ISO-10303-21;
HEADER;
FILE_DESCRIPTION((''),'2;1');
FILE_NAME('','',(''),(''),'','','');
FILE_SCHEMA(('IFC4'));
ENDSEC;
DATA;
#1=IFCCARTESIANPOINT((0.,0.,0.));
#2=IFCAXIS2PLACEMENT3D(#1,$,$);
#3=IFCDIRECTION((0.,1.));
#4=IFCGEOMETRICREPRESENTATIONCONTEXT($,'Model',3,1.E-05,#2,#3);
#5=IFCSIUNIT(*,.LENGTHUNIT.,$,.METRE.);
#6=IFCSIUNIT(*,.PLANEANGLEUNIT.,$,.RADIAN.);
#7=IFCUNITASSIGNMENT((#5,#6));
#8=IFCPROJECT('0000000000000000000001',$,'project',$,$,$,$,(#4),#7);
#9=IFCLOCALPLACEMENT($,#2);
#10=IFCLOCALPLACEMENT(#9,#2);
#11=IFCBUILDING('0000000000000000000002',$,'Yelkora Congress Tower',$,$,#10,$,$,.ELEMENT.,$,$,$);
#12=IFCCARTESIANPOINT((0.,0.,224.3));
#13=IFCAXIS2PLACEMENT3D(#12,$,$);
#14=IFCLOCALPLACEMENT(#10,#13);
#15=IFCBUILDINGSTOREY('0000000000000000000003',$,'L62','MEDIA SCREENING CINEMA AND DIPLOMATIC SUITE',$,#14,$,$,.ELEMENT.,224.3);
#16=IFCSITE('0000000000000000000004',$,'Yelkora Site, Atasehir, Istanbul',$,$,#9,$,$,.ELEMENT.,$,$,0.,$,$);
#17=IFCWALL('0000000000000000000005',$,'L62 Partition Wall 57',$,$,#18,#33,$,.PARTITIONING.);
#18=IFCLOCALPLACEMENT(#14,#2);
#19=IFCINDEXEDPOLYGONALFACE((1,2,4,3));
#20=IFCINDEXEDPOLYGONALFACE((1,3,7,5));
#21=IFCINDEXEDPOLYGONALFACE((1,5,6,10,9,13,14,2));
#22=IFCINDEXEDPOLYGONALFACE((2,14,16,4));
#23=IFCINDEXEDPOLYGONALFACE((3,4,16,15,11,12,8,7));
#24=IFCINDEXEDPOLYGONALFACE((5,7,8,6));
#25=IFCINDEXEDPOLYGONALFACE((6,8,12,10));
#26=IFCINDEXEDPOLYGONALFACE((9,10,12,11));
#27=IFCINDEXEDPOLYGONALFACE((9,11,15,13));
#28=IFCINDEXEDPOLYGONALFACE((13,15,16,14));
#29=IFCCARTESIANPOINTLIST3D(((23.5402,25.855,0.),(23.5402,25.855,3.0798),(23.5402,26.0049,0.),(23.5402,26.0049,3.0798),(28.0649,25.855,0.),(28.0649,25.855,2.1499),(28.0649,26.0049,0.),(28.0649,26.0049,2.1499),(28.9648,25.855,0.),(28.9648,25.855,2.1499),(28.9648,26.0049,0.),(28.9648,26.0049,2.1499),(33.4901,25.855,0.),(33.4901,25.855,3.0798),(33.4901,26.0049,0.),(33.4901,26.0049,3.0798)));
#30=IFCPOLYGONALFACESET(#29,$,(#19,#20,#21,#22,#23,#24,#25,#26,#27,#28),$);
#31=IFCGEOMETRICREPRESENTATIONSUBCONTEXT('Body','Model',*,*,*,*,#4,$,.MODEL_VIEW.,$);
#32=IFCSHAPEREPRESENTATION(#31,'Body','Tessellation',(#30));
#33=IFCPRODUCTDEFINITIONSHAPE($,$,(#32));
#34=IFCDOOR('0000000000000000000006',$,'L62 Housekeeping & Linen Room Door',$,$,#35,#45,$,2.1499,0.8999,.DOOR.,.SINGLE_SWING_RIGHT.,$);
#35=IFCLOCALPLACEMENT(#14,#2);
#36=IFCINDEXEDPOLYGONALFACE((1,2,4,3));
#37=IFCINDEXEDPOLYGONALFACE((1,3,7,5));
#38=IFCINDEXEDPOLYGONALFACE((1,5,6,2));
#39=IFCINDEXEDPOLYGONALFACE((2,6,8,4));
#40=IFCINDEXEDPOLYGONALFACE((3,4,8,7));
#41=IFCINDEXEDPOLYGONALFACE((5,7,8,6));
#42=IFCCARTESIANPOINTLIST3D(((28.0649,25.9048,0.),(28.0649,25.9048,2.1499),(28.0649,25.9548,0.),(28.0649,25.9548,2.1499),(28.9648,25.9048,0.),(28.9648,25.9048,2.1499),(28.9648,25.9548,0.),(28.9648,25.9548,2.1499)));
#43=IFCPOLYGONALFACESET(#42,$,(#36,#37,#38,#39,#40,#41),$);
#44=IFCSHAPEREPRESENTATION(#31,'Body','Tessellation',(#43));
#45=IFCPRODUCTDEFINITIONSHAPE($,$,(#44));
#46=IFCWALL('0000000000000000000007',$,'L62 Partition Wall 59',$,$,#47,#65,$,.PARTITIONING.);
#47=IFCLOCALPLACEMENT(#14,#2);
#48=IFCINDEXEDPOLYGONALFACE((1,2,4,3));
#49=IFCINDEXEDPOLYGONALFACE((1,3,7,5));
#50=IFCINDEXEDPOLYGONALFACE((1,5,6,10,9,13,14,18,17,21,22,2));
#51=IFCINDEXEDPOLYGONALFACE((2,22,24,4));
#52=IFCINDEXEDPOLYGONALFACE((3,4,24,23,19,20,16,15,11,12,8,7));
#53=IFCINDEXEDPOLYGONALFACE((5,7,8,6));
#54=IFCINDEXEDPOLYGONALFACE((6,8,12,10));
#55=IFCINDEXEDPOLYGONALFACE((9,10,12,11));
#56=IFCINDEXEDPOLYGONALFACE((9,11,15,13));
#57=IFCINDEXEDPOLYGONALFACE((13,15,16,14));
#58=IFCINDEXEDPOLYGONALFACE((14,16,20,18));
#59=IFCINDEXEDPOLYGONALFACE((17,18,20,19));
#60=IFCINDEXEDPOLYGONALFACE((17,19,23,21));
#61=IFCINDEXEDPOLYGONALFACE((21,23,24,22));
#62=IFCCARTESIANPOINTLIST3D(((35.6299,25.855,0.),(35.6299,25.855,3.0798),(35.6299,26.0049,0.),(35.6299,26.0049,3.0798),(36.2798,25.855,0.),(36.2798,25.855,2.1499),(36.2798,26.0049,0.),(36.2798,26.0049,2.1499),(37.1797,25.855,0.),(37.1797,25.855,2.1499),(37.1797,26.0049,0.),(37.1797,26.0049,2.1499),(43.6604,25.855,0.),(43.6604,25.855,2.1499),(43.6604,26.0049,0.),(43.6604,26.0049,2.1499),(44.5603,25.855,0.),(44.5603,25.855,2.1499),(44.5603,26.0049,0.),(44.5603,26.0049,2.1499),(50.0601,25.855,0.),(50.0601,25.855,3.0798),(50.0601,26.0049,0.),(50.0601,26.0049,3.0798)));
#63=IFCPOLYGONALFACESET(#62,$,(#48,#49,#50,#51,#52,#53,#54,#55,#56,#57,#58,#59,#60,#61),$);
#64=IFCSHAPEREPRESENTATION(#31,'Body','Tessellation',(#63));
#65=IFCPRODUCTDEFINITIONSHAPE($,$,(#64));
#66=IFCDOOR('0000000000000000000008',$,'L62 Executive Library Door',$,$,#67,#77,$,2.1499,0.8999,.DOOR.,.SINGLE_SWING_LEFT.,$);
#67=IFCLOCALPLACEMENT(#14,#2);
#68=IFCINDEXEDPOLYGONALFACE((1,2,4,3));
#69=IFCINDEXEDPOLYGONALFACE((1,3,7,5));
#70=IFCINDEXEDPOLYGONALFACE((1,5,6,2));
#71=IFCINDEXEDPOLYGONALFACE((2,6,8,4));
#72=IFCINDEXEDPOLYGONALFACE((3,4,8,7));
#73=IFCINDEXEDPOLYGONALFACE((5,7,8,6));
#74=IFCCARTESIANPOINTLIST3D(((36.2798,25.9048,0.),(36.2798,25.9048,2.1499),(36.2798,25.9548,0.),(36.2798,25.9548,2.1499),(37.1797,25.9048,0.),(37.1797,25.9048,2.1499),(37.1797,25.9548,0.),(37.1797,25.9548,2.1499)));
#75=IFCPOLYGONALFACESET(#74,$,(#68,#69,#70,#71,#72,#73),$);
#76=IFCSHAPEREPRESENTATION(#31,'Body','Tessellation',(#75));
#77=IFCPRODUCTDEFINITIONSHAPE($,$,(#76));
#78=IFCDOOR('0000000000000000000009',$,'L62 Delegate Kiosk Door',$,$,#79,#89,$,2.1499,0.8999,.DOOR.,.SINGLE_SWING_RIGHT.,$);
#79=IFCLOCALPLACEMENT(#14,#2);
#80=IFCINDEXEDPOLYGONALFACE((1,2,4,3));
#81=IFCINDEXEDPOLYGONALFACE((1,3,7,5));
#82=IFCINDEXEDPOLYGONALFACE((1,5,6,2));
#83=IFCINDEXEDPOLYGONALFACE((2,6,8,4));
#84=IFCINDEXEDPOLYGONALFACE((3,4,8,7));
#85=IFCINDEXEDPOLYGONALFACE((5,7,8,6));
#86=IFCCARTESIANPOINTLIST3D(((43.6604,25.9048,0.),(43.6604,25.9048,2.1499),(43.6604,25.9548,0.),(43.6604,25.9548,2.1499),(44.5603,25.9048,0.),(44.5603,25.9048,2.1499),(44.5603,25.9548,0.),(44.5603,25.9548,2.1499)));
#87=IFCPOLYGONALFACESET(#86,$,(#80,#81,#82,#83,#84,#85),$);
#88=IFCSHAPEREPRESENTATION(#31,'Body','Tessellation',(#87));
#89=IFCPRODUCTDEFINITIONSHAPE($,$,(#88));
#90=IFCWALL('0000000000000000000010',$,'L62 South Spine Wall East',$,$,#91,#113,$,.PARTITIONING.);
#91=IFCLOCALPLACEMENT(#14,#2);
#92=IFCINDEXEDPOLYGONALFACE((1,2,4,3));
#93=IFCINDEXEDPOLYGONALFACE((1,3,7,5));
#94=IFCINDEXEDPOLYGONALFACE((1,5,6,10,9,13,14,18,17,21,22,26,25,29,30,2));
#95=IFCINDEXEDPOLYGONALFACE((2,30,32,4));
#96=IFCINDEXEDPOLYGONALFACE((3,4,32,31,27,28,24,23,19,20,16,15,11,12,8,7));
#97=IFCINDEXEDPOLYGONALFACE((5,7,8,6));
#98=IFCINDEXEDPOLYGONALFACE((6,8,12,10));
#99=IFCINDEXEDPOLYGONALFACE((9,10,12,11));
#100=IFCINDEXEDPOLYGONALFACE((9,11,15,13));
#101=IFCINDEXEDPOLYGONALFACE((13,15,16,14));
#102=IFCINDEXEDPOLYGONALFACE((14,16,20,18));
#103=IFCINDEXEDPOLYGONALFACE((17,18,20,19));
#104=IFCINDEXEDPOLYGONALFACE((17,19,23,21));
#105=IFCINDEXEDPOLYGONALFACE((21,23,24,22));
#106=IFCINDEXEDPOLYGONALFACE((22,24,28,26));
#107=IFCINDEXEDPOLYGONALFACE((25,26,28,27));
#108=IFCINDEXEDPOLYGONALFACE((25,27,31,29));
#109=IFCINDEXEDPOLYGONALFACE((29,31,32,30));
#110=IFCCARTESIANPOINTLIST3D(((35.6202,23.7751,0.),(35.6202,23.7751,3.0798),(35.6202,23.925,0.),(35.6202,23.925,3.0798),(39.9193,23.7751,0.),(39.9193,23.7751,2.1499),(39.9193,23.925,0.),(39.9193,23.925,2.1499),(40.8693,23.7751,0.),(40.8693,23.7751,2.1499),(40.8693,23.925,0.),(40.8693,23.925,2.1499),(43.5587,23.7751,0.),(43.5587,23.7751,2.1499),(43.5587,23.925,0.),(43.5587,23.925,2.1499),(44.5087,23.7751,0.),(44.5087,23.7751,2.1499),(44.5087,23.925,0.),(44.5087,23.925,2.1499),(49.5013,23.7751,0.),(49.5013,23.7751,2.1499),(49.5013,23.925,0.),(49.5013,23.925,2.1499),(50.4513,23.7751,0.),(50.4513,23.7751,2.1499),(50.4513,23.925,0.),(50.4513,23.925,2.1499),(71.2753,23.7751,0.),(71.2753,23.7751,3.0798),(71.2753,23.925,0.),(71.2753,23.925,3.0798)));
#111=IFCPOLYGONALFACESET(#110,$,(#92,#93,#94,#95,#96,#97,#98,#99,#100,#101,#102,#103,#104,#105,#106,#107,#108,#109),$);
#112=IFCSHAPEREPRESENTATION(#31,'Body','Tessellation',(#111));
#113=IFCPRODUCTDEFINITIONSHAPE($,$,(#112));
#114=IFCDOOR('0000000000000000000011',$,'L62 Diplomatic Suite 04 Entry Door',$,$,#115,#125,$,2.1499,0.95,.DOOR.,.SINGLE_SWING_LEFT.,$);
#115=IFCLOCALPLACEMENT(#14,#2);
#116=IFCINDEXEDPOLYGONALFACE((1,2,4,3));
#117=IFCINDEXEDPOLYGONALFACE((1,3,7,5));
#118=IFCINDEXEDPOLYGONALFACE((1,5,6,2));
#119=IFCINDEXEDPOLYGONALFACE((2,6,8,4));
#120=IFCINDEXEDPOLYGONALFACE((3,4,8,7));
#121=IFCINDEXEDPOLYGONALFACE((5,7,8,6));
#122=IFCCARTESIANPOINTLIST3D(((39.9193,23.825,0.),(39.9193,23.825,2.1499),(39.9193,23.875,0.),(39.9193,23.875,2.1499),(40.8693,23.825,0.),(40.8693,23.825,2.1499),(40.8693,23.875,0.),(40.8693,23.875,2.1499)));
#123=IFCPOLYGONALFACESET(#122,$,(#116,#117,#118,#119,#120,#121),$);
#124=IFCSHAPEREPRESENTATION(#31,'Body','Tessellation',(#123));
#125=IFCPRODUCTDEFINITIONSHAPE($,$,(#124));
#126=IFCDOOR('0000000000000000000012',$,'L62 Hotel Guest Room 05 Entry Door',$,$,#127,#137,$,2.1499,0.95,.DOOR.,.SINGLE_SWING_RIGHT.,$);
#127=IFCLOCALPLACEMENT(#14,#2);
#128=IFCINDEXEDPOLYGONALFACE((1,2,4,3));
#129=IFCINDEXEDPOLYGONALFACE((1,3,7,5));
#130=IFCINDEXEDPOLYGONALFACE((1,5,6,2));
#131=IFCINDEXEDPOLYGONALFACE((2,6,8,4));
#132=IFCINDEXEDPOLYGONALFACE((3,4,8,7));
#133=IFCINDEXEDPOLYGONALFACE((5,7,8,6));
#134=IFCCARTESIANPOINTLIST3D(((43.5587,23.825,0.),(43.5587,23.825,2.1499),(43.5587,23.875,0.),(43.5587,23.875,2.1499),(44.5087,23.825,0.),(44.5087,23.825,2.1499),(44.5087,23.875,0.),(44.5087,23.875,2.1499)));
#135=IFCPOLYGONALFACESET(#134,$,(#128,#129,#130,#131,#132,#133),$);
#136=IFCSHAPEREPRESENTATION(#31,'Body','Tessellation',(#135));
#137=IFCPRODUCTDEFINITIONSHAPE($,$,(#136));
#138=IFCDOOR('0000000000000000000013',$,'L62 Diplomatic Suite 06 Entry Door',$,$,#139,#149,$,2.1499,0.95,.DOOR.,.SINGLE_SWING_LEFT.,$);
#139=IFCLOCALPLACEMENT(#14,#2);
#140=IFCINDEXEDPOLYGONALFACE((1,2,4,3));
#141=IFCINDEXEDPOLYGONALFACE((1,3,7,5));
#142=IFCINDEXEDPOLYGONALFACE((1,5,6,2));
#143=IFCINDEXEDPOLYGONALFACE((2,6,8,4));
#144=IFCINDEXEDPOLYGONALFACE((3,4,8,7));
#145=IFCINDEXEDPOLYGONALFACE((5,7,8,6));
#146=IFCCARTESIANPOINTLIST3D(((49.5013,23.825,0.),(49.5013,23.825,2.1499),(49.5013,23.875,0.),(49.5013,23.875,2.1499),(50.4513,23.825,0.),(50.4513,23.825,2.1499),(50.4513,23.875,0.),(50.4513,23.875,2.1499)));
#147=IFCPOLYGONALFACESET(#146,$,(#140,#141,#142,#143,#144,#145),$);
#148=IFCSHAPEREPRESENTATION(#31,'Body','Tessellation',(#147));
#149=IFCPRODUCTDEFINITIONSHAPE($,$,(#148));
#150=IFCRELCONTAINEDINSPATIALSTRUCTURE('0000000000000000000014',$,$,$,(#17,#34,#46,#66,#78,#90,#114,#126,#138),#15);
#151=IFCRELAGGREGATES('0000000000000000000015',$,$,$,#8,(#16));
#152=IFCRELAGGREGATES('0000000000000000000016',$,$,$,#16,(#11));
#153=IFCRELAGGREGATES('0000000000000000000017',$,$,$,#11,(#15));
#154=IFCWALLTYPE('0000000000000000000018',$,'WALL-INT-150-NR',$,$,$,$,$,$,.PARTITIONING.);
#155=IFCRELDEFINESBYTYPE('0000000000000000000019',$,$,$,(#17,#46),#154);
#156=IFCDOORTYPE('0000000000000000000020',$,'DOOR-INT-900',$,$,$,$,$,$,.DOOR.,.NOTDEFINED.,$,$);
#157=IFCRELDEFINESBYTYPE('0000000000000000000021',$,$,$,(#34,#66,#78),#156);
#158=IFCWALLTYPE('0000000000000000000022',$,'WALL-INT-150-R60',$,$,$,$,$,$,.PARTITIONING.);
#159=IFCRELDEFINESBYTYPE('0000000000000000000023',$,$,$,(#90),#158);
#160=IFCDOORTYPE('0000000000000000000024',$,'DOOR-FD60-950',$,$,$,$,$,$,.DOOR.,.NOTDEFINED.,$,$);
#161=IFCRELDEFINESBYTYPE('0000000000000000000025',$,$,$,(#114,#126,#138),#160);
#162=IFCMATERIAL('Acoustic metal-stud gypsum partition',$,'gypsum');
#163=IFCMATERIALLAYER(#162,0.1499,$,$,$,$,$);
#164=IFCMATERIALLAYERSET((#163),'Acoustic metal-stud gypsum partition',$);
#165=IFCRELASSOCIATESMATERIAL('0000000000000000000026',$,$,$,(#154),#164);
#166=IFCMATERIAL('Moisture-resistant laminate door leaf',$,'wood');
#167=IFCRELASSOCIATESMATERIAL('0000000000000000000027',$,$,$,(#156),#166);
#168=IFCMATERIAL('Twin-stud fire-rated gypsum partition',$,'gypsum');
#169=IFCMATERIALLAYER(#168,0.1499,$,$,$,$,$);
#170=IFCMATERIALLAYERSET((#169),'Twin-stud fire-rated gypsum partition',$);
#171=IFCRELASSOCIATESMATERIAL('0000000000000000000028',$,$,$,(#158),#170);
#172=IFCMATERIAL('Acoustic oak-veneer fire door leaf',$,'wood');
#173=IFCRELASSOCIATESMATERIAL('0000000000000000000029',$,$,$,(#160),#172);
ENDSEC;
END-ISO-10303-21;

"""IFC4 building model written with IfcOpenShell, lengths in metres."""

from ifc_helpers import new_model, si_unit, direction, frame, frame_2d, origin, place, context, subcontext, project, spatial, rectangle, extrude, material, layer, layer_set, type_object, element, fill, save


model = new_model("IFC4")

# Units and contexts
model_context = context("Model", 3, precision=1e-05, world=origin(), true_north=direction((0.0, 1.0)))
body_context = subcontext(model_context, "Body", "Model", "MODEL_VIEW")
ifc_project = project(units=[si_unit("LENGTHUNIT", "METRE"), si_unit("PLANEANGLEUNIT", "RADIAN")], contexts=[model_context])

# Site, building, storey
site_placement = place(None, origin())
site = spatial("IfcSite", under=ifc_project, at=site_placement, Name="Yelkora Site, Atasehir, Istanbul", CompositionType="ELEMENT", RefElevation=0.0)
building_placement = place(site_placement, origin())
building = spatial("IfcBuilding", under=site, at=building_placement, Name="Yelkora Congress Tower", CompositionType="ELEMENT")
storey_placement = place(building_placement, frame((0.0, 0.0, 224.3)))
storey = spatial("IfcBuildingStorey", under=building, at=storey_placement, Name="L62", Description="MEDIA SCREENING CINEMA AND DIPLOMATIC SUITE", CompositionType="ELEMENT", Elevation=224.3)

# Shared definitions
ifc_material_1 = material(Name="Acoustic metal-stud gypsum partition", Category="gypsum")
ifc_layer_1 = layer(ifc_material_1, 0.1499)
ifc_layer_set_1 = layer_set([ifc_layer_1], Name="Acoustic metal-stud gypsum partition")
wall_type_1 = type_object("IfcWallType", Name="WALL-INT-150-NR", PredefinedType="PARTITIONING", material=ifc_layer_set_1)

# Wall, opening, door
wall_1_placement = place(storey_placement, frame((23.54, 25.9299, 0.0), z_axis=(0.0, 0.0, 1.0), x_axis=(1.0, 0.0, 0.0)))
wall_1 = element("IfcWall", 1, at=wall_1_placement, inside=storey, type_object=wall_type_1, Name="L62 Partition Wall 57", PredefinedType="PARTITIONING", context=body_context, shape_type="SweptSolid", body=[
    extrude(rectangle(XDim=9.95, YDim=0.1499, at=frame_2d((4.9751, 0.0))), origin(), (0.0, 0.0, 1.0), 3.0798),
])
opening_1_placement = place(wall_1_placement, frame((4.5249, 0.0, 0.0)))
opening_1 = element("IfcOpeningElement", 2, at=opening_1_placement, cuts=wall_1, PredefinedType="OPENING", context=body_context, shape_type="SweptSolid", body=[
    extrude(rectangle(XDim=0.8999, YDim=2.1499, at=frame_2d((0.45, 1.075))), frame((0.0, 0.085, 0.0), z_axis=(0.0, -1.0, 0.0), x_axis=(1.0, 0.0, 0.0)), (0.0, 0.0, 1.0), 0.1699),
])
ifc_material_2 = material(Name="Moisture-resistant laminate door leaf", Category="wood")
door_type_1 = type_object("IfcDoorType", Name="DOOR-INT-900", OperationType="NOTDEFINED", PredefinedType="DOOR", material=ifc_material_2)
door_1_placement = place(opening_1_placement, origin())
door_1 = element("IfcDoor", 3, at=door_1_placement, inside=storey, type_object=door_type_1, Name="L62 Housekeeping & Linen Room Door", OperationType="SINGLE_SWING_RIGHT", OverallHeight=2.1499, OverallWidth=0.8999, PredefinedType="DOOR", context=body_context, shape_type="SweptSolid", body=[
    extrude(rectangle(XDim=0.8999, YDim=2.1499, at=frame_2d((0.45, 1.075))), frame((0.0, 0.0249, 0.0), z_axis=(0.0, -1.0, 0.0), x_axis=(1.0, 0.0, 0.0)), (0.0, 0.0, 1.0), 0.05),
])
fill(opening_1, door_1)

# Walls, openings, doors
wall_2_placement = place(storey_placement, frame((35.6299, 25.9299, 0.0), z_axis=(0.0, 0.0, 1.0), x_axis=(1.0, 0.0, 0.0)))
wall_2 = element("IfcWall", 4, at=wall_2_placement, inside=storey, type_object=wall_type_1, Name="L62 Partition Wall 59", PredefinedType="PARTITIONING", context=body_context, shape_type="SweptSolid", body=[
    extrude(rectangle(XDim=14.4302, YDim=0.1499, at=frame_2d((7.2151, 0.0))), origin(), (0.0, 0.0, 1.0), 3.0798),
])
opening_2_placement = place(wall_2_placement, frame((0.6499, 0.0, 0.0)))
opening_2 = element("IfcOpeningElement", 5, at=opening_2_placement, cuts=wall_2, PredefinedType="OPENING", context=body_context, shape_type="SweptSolid", body=[
    extrude(rectangle(XDim=0.8999, YDim=2.1499, at=frame_2d((0.45, 1.075))), frame((0.0, 0.085, 0.0), z_axis=(0.0, -1.0, 0.0), x_axis=(1.0, 0.0, 0.0)), (0.0, 0.0, 1.0), 0.1699),
])
opening_3_placement = place(wall_2_placement, frame((8.0305, 0.0, 0.0)))
opening_3 = element("IfcOpeningElement", 6, at=opening_3_placement, cuts=wall_2, PredefinedType="OPENING", context=body_context, shape_type="SweptSolid", body=[
    extrude(rectangle(XDim=0.8999, YDim=2.1499, at=frame_2d((0.45, 1.075))), frame((0.0, 0.085, 0.0), z_axis=(0.0, -1.0, 0.0), x_axis=(1.0, 0.0, 0.0)), (0.0, 0.0, 1.0), 0.1699),
])
door_2_placement = place(opening_2_placement, origin())
door_2 = element("IfcDoor", 7, at=door_2_placement, inside=storey, type_object=door_type_1, Name="L62 Executive Library Door", OperationType="SINGLE_SWING_LEFT", OverallHeight=2.1499, OverallWidth=0.8999, PredefinedType="DOOR", context=body_context, shape_type="SweptSolid", body=[
    extrude(rectangle(XDim=0.8999, YDim=2.1499, at=frame_2d((0.45, 1.075))), frame((0.0, 0.0249, 0.0), z_axis=(0.0, -1.0, 0.0), x_axis=(1.0, 0.0, 0.0)), (0.0, 0.0, 1.0), 0.05),
])
fill(opening_2, door_2)
door_3_placement = place(opening_3_placement, origin())
door_3 = element("IfcDoor", 8, at=door_3_placement, inside=storey, type_object=door_type_1, Name="L62 Delegate Kiosk Door", OperationType="SINGLE_SWING_RIGHT", OverallHeight=2.1499, OverallWidth=0.8999, PredefinedType="DOOR", context=body_context, shape_type="SweptSolid", body=[
    extrude(rectangle(XDim=0.8999, YDim=2.1499, at=frame_2d((0.45, 1.075))), frame((0.0, 0.0249, 0.0), z_axis=(0.0, -1.0, 0.0), x_axis=(1.0, 0.0, 0.0)), (0.0, 0.0, 1.0), 0.05),
])
fill(opening_3, door_3)
ifc_material_3 = material(Name="Twin-stud fire-rated gypsum partition", Category="gypsum")
ifc_layer_2 = layer(ifc_material_3, 0.1499)
ifc_layer_set_2 = layer_set([ifc_layer_2], Name="Twin-stud fire-rated gypsum partition")
wall_type_2 = type_object("IfcWallType", Name="WALL-INT-150-R60", PredefinedType="PARTITIONING", material=ifc_layer_set_2)
wall_3_placement = place(storey_placement, frame((35.6201, 23.8501, 0.0), z_axis=(0.0, 0.0, 1.0), x_axis=(1.0, 0.0, 0.0)))
wall_3 = element("IfcWall", 9, at=wall_3_placement, inside=storey, type_object=wall_type_2, Name="L62 South Spine Wall East", PredefinedType="PARTITIONING", context=body_context, shape_type="SweptSolid", body=[
    extrude(rectangle(XDim=35.655, YDim=0.1499, at=frame_2d((17.8276, 0.0))), origin(), (0.0, 0.0, 1.0), 3.0798),
])
opening_4_placement = place(wall_3_placement, frame((4.2991, 0.0, 0.0)))
opening_4 = element("IfcOpeningElement", 10, at=opening_4_placement, cuts=wall_3, PredefinedType="OPENING", context=body_context, shape_type="SweptSolid", body=[
    extrude(rectangle(XDim=0.95, YDim=2.1499, at=frame_2d((0.4751, 1.075))), frame((0.0, 0.085, 0.0), z_axis=(0.0, -1.0, 0.0), x_axis=(1.0, 0.0, 0.0)), (0.0, 0.0, 1.0), 0.1699),
])
opening_5_placement = place(wall_3_placement, frame((7.9385, 0.0, 0.0)))
opening_5 = element("IfcOpeningElement", 11, at=opening_5_placement, cuts=wall_3, PredefinedType="OPENING", context=body_context, shape_type="SweptSolid", body=[
    extrude(rectangle(XDim=0.95, YDim=2.1499, at=frame_2d((0.4751, 1.075))), frame((0.0, 0.085, 0.0), z_axis=(0.0, -1.0, 0.0), x_axis=(1.0, 0.0, 0.0)), (0.0, 0.0, 1.0), 0.1699),
])
opening_6_placement = place(wall_3_placement, frame((13.8811, 0.0, 0.0)))
opening_6 = element("IfcOpeningElement", 12, at=opening_6_placement, cuts=wall_3, PredefinedType="OPENING", context=body_context, shape_type="SweptSolid", body=[
    extrude(rectangle(XDim=0.95, YDim=2.1499, at=frame_2d((0.4751, 1.075))), frame((0.0, 0.085, 0.0), z_axis=(0.0, -1.0, 0.0), x_axis=(1.0, 0.0, 0.0)), (0.0, 0.0, 1.0), 0.1699),
])
ifc_material_4 = material(Name="Acoustic oak-veneer fire door leaf", Category="wood")
door_type_2 = type_object("IfcDoorType", Name="DOOR-FD60-950", OperationType="NOTDEFINED", PredefinedType="DOOR", material=ifc_material_4)
door_4_placement = place(opening_4_placement, origin())
door_4 = element("IfcDoor", 13, at=door_4_placement, inside=storey, type_object=door_type_2, Name="L62 Diplomatic Suite 04 Entry Door", OperationType="SINGLE_SWING_LEFT", OverallHeight=2.1499, OverallWidth=0.95, PredefinedType="DOOR", context=body_context, shape_type="SweptSolid", body=[
    extrude(rectangle(XDim=0.95, YDim=2.1499, at=frame_2d((0.4751, 1.075))), frame((0.0, 0.0249, 0.0), z_axis=(0.0, -1.0, 0.0), x_axis=(1.0, 0.0, 0.0)), (0.0, 0.0, 1.0), 0.05),
])
fill(opening_4, door_4)
door_5_placement = place(opening_5_placement, origin())
door_5 = element("IfcDoor", 14, at=door_5_placement, inside=storey, type_object=door_type_2, Name="L62 Hotel Guest Room 05 Entry Door", OperationType="SINGLE_SWING_RIGHT", OverallHeight=2.1499, OverallWidth=0.95, PredefinedType="DOOR", context=body_context, shape_type="SweptSolid", body=[
    extrude(rectangle(XDim=0.95, YDim=2.1499, at=frame_2d((0.4751, 1.075))), frame((0.0, 0.0249, 0.0), z_axis=(0.0, -1.0, 0.0), x_axis=(1.0, 0.0, 0.0)), (0.0, 0.0, 1.0), 0.05),
])
fill(opening_5, door_5)
door_6_placement = place(opening_6_placement, origin())
door_6 = element("IfcDoor", 15, at=door_6_placement, inside=storey, type_object=door_type_2, Name="L62 Diplomatic Suite 06 Entry Door", OperationType="SINGLE_SWING_LEFT", OverallHeight=2.1499, OverallWidth=0.95, PredefinedType="DOOR", context=body_context, shape_type="SweptSolid", body=[
    extrude(rectangle(XDim=0.95, YDim=2.1499, at=frame_2d((0.4751, 1.075))), frame((0.0, 0.0249, 0.0), z_axis=(0.0, -1.0, 0.0), x_axis=(1.0, 0.0, 0.0)), (0.0, 0.0, 1.0), 0.05),
])
fill(opening_6, door_6)

save(model, "model.ifc")
